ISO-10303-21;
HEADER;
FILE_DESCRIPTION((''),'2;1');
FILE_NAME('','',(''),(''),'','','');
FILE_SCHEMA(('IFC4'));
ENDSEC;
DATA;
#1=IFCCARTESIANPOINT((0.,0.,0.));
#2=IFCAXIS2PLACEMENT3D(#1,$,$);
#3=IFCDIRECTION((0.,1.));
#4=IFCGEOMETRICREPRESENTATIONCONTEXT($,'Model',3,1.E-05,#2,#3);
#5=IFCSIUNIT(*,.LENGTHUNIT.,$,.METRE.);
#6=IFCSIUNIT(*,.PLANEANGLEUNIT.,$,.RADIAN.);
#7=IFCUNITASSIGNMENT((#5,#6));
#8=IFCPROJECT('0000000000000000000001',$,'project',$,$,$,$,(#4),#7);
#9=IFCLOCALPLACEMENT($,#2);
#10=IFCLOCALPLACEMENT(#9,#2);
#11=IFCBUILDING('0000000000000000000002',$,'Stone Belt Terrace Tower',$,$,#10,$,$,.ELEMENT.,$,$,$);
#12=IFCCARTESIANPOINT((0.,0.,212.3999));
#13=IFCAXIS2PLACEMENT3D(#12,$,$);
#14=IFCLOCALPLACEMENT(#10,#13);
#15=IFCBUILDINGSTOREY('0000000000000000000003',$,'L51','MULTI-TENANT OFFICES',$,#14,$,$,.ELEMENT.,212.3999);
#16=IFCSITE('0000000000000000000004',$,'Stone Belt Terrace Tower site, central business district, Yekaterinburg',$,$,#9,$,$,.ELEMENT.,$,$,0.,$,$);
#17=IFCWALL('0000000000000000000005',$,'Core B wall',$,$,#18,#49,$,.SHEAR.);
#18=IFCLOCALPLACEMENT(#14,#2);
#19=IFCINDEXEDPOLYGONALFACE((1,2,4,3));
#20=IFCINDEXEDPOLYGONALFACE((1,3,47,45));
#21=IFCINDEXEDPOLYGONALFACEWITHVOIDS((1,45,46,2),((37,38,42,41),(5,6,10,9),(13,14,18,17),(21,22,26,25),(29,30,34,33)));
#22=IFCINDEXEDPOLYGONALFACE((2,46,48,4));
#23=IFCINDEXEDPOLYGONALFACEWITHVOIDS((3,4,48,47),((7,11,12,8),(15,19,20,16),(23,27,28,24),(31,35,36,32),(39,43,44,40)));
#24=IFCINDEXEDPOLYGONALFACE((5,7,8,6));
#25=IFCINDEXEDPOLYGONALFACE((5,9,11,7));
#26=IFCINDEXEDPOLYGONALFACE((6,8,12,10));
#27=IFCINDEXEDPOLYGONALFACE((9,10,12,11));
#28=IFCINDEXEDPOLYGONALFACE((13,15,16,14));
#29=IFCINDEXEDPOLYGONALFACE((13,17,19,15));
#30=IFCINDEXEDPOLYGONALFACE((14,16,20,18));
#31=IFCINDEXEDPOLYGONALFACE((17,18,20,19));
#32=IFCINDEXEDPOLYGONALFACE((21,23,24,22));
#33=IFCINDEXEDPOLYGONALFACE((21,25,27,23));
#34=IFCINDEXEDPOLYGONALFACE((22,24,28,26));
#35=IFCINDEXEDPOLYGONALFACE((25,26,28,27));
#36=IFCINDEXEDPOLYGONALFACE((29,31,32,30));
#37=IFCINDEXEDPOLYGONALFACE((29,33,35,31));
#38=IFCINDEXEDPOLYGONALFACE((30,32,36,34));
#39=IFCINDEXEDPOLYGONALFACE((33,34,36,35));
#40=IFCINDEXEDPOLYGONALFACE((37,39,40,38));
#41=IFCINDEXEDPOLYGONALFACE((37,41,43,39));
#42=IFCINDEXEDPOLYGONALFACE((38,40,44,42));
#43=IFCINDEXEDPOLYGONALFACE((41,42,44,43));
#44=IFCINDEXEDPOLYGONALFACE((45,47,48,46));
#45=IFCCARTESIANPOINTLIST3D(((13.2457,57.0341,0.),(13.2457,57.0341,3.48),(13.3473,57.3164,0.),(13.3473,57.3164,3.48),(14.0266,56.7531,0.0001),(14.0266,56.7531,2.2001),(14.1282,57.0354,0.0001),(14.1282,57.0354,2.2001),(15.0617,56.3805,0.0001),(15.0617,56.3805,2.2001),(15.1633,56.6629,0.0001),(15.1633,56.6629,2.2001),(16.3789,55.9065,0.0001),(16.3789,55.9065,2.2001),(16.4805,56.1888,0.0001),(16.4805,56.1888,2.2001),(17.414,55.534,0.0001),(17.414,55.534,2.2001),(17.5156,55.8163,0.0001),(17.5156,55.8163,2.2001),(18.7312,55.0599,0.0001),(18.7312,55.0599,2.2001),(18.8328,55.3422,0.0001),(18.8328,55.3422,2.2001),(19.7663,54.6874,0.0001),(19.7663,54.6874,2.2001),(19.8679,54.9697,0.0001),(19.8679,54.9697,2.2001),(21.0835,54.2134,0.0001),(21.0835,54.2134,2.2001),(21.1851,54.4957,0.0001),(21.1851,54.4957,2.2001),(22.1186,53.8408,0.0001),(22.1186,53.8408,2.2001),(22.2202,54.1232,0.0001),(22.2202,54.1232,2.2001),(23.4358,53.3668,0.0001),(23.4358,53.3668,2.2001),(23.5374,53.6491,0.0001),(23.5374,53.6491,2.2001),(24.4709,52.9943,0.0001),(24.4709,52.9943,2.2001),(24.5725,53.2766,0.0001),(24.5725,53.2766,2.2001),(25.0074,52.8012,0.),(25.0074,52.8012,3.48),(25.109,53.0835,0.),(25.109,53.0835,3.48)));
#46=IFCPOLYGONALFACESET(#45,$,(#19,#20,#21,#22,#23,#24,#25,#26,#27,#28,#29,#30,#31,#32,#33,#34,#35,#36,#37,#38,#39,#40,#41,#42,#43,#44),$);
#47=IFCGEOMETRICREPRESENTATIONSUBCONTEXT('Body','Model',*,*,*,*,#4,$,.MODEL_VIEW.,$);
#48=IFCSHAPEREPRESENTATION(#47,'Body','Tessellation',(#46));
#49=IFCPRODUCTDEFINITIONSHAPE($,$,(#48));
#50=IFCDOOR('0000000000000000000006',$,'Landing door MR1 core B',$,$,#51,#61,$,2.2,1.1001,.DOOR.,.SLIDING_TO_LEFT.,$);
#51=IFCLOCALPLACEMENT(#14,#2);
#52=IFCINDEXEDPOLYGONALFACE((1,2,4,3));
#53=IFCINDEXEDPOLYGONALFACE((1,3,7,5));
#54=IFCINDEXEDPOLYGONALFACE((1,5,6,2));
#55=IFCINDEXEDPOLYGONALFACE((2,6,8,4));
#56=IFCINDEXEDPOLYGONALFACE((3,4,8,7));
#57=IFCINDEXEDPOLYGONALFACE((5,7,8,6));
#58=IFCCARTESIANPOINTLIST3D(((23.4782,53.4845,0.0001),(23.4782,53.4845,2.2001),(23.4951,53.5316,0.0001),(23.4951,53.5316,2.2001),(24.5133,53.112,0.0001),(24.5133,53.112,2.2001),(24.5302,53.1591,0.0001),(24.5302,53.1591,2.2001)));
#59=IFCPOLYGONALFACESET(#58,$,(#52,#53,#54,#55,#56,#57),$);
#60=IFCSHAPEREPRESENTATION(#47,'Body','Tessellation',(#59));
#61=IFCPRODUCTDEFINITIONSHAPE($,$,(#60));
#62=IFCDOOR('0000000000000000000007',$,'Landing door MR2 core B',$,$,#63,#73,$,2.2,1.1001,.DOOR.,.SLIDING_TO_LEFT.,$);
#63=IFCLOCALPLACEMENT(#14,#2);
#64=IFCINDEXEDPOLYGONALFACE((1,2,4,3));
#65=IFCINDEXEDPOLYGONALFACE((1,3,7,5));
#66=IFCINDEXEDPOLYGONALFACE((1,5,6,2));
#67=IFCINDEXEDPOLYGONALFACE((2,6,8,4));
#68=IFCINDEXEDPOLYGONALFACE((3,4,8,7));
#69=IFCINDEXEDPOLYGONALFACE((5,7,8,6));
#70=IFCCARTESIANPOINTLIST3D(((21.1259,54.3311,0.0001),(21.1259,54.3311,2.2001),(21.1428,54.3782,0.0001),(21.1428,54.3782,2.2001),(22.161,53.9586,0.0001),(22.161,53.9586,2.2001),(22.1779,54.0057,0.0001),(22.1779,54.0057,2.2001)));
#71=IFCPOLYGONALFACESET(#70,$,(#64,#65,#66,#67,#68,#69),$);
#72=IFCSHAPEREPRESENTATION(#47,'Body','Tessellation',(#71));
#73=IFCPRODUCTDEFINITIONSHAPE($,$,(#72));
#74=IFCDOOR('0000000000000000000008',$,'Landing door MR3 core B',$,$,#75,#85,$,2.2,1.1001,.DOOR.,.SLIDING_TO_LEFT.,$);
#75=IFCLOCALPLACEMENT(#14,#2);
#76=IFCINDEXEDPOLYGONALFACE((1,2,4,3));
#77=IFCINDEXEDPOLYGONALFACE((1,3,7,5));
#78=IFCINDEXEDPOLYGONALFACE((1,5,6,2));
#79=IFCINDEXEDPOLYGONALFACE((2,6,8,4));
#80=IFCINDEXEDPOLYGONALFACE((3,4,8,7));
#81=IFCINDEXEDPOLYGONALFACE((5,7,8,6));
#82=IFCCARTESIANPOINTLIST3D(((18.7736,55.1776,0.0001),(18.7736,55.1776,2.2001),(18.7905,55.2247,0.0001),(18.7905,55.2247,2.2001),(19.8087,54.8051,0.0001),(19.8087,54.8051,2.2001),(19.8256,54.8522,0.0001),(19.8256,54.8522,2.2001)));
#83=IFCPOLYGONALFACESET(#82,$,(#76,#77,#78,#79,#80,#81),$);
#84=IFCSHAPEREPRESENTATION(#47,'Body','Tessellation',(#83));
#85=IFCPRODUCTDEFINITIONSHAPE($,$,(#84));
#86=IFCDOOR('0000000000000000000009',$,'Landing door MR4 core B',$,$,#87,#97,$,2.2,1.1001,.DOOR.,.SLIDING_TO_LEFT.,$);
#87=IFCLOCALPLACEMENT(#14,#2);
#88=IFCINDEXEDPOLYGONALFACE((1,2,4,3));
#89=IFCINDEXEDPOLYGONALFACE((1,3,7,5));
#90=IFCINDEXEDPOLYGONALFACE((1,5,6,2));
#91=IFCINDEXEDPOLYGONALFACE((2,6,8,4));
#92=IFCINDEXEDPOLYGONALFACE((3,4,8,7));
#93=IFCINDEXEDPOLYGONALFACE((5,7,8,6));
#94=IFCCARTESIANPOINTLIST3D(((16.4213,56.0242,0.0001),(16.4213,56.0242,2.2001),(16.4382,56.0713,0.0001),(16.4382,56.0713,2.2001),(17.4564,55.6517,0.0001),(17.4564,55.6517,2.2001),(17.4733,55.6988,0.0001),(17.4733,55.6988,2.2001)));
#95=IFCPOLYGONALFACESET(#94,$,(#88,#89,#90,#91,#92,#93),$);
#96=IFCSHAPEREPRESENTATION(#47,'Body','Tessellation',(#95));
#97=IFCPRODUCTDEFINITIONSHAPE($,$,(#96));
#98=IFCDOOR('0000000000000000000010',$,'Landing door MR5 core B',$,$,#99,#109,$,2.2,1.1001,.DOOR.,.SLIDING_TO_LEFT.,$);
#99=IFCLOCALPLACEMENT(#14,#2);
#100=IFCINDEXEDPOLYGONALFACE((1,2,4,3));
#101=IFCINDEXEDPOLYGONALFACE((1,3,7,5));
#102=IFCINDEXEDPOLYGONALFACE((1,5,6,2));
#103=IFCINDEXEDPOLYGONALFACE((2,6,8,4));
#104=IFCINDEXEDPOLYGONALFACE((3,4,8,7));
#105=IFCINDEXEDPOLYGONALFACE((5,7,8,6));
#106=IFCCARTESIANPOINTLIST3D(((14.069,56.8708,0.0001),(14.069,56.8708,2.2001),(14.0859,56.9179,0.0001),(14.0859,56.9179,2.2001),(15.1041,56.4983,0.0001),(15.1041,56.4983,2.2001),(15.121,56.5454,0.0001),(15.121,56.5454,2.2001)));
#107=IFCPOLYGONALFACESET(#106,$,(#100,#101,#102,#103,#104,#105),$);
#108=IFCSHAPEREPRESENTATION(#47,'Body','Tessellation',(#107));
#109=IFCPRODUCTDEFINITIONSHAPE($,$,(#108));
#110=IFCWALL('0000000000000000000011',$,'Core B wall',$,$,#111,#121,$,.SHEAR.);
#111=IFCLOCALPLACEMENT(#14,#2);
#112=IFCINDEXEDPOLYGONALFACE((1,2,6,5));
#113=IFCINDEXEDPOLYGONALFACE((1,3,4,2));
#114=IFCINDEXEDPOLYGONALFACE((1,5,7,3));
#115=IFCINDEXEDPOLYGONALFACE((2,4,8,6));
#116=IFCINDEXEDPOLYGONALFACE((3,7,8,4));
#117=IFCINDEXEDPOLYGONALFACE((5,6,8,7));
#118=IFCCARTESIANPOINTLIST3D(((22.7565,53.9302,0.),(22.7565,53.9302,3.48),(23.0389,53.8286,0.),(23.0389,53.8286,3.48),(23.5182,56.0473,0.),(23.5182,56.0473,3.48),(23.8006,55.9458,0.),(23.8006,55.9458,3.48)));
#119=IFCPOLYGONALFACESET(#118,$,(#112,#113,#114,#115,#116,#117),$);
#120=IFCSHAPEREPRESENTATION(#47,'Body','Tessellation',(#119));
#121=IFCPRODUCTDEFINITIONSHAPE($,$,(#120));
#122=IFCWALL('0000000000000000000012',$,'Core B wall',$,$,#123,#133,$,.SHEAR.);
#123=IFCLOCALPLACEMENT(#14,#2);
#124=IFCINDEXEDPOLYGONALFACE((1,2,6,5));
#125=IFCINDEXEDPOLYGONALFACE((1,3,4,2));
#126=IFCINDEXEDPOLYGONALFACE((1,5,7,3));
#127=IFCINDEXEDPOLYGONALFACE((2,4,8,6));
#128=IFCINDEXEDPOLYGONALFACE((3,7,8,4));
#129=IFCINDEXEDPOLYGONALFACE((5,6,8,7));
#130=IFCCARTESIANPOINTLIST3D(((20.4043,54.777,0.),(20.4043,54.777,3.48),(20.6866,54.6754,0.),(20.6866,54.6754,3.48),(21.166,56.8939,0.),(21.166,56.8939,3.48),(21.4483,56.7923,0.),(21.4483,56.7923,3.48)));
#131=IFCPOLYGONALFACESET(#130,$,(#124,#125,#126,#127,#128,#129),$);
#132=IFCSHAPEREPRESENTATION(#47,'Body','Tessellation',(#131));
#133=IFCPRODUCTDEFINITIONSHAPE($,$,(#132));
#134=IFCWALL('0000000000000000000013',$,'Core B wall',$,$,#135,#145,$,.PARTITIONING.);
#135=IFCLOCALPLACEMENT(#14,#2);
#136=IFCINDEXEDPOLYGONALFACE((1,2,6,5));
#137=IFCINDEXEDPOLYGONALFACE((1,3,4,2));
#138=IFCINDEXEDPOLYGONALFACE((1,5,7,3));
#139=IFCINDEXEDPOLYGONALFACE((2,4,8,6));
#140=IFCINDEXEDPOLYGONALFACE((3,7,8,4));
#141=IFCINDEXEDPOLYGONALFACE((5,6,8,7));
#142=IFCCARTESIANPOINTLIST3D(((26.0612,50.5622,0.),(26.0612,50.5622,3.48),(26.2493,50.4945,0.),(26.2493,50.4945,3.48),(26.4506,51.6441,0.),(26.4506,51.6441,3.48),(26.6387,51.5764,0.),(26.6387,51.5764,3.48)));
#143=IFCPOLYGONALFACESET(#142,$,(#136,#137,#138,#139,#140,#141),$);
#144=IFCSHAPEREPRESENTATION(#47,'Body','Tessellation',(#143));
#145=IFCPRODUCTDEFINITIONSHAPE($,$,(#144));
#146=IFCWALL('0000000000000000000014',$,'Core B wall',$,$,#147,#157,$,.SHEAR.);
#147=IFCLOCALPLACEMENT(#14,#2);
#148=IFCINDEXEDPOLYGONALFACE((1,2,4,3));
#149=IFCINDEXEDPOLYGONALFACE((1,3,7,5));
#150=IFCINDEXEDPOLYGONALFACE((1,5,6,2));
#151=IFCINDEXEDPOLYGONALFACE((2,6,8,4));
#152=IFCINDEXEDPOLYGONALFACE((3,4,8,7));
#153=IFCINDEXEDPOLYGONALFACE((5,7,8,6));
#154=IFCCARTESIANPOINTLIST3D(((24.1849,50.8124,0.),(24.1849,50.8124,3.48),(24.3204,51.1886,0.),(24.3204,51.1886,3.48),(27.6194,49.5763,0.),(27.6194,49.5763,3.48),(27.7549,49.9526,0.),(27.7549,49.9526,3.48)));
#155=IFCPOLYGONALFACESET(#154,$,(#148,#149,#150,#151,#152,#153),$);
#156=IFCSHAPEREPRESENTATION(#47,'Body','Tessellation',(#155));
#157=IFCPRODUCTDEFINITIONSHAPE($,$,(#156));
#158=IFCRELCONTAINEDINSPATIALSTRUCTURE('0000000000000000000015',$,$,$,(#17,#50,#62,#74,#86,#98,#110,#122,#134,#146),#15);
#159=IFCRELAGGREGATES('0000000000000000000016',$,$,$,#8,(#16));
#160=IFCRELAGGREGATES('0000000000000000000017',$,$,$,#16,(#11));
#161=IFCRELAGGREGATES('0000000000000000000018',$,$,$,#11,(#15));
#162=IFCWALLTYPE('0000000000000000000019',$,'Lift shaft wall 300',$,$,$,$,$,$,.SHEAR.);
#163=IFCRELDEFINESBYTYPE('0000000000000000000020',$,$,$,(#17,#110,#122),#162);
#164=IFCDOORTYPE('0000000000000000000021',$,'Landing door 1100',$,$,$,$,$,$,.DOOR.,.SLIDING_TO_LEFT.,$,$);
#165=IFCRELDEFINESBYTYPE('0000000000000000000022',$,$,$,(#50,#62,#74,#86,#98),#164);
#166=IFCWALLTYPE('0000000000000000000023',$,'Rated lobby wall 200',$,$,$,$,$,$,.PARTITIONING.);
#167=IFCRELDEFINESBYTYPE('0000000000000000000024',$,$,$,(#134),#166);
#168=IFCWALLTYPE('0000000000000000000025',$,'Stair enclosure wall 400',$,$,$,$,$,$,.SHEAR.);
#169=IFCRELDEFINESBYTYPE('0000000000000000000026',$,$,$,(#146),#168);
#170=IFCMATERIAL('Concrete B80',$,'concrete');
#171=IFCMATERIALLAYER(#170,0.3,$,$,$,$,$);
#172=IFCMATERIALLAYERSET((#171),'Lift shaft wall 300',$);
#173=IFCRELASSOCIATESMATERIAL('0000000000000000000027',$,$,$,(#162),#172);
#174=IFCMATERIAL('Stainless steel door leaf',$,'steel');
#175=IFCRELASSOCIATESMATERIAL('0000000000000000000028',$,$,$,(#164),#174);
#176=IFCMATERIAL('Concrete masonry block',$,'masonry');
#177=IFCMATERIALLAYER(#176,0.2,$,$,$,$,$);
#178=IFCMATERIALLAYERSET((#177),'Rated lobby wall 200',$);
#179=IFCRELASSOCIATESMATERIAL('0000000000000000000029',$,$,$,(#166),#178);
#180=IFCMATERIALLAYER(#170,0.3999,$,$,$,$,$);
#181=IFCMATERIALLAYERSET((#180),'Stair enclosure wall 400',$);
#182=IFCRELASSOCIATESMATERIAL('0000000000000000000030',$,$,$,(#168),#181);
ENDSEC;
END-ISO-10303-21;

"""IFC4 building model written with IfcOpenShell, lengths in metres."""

from ifc_helpers import new_model, si_unit, direction, frame, frame_2d, origin, place, context, subcontext, project, spatial, rectangle, extrude, material, layer, layer_set, type_object, element, fill, save


model = new_model("IFC4")

# Units and contexts
model_context = context("Model", 3, precision=1e-05, world=origin(), true_north=direction((0.0, 1.0)))
body_context = subcontext(model_context, "Body", "Model", "MODEL_VIEW")
ifc_project = project(units=[si_unit("LENGTHUNIT", "METRE"), si_unit("PLANEANGLEUNIT", "RADIAN")], contexts=[model_context])

# Site, building, storey
site_placement = place(None, origin())
site = spatial("IfcSite", under=ifc_project, at=site_placement, Name="Stone Belt Terrace Tower site, central business district, Yekaterinburg", CompositionType="ELEMENT", RefElevation=0.0)
building_placement = place(site_placement, origin())
building = spatial("IfcBuilding", under=site, at=building_placement, Name="Stone Belt Terrace Tower", CompositionType="ELEMENT")
storey_placement = place(building_placement, frame((0.0, 0.0, 212.3999)))
storey = spatial("IfcBuildingStorey", under=building, at=storey_placement, Name="L51", Description="MULTI-TENANT OFFICES", CompositionType="ELEMENT", Elevation=212.3999)

# Shared definitions
ifc_material_1 = material(Name="Concrete B80", Category="concrete")

# Shared definitions
ifc_layer_1 = layer(ifc_material_1, 0.3)
ifc_layer_set_1 = layer_set([ifc_layer_1], Name="Lift shaft wall 300")
wall_type_1 = type_object("IfcWallType", Name="Lift shaft wall 300", PredefinedType="SHEAR", material=ifc_layer_set_1)
ifc_material_2 = material(Name="Stainless steel door leaf", Category="steel")

# Wall, openings, doors
wall_1_placement = place(storey_placement, frame((25.0581, 52.9424, 0.0), z_axis=(0.0, 0.0, 1.0), x_axis=(-0.940921, 0.338627, 0.0)))
wall_1 = element("IfcWall", 1, at=wall_1_placement, inside=storey, type_object=wall_type_1, Name="Core B wall", PredefinedType="SHEAR", context=body_context, shape_type="SweptSolid", body=[
    extrude(rectangle(XDim=12.5002, YDim=0.3, at=frame_2d((6.25, 0.0))), origin(), (0.0, 0.0, 1.0), 3.48),
])
opening_1_placement = place(wall_1_placement, frame((0.5701, 0.0, 0.0)))
opening_1 = element("IfcOpeningElement", 2, at=opening_1_placement, cuts=wall_1, PredefinedType="OPENING", context=body_context, shape_type="SweptSolid", body=[
    extrude(rectangle(XDim=1.1001, YDim=2.2, at=frame_2d((0.55, 1.1001))), frame((0.0, 0.1599, 0.0), z_axis=(0.0, -1.0, 0.0), x_axis=(1.0, 0.0, 0.0)), (0.0, 0.0, 1.0), 0.3201),
])
opening_2_placement = place(wall_1_placement, frame((3.0701, 0.0, 0.0)))
opening_2 = element("IfcOpeningElement", 3, at=opening_2_placement, cuts=wall_1, PredefinedType="OPENING", context=body_context, shape_type="SweptSolid", body=[
    extrude(rectangle(XDim=1.1001, YDim=2.2, at=frame_2d((0.55, 1.1001))), frame((0.0, 0.1599, 0.0), z_axis=(0.0, -1.0, 0.0), x_axis=(1.0, 0.0, 0.0)), (0.0, 0.0, 1.0), 0.3201),
])
opening_3_placement = place(wall_1_placement, frame((5.5701, 0.0, 0.0)))
opening_3 = element("IfcOpeningElement", 4, at=opening_3_placement, cuts=wall_1, PredefinedType="OPENING", context=body_context, shape_type="SweptSolid", body=[
    extrude(rectangle(XDim=1.1001, YDim=2.2, at=frame_2d((0.55, 1.1001))), frame((0.0, 0.1599, 0.0), z_axis=(0.0, -1.0, 0.0), x_axis=(1.0, 0.0, 0.0)), (0.0, 0.0, 1.0), 0.3201),
])
opening_4_placement = place(wall_1_placement, frame((8.0701, 0.0, 0.0)))
opening_4 = element("IfcOpeningElement", 5, at=opening_4_placement, cuts=wall_1, PredefinedType="OPENING", context=body_context, shape_type="SweptSolid", body=[
    extrude(rectangle(XDim=1.1001, YDim=2.2, at=frame_2d((0.55, 1.1001))), frame((0.0, 0.1599, 0.0), z_axis=(0.0, -1.0, 0.0), x_axis=(1.0, 0.0, 0.0)), (0.0, 0.0, 1.0), 0.3201),
])
opening_5_placement = place(wall_1_placement, frame((10.5701, 0.0, 0.0)))
opening_5 = element("IfcOpeningElement", 6, at=opening_5_placement, cuts=wall_1, PredefinedType="OPENING", context=body_context, shape_type="SweptSolid", body=[
    extrude(rectangle(XDim=1.1001, YDim=2.2, at=frame_2d((0.55, 1.1001))), frame((0.0, 0.1599, 0.0), z_axis=(0.0, -1.0, 0.0), x_axis=(1.0, 0.0, 0.0)), (0.0, 0.0, 1.0), 0.3201),
])
door_type_1 = type_object("IfcDoorType", Name="Landing door 1100", OperationType="SLIDING_TO_LEFT", PredefinedType="DOOR", material=ifc_material_2)
door_1_placement = place(opening_1_placement, origin())
door_1 = element("IfcDoor", 7, at=door_1_placement, inside=storey, type_object=door_type_1, Name="Landing door MR1 core B", OperationType="SLIDING_TO_LEFT", OverallHeight=2.2, OverallWidth=1.1001, PredefinedType="DOOR", context=body_context, shape_type="SweptSolid", body=[
    extrude(rectangle(XDim=1.1001, YDim=2.2, at=frame_2d((0.55, 1.1001))), frame((0.0, 0.0249, 0.0), z_axis=(0.0, -1.0, 0.0), x_axis=(1.0, 0.0, 0.0)), (0.0, 0.0, 1.0), 0.05),
])
fill(opening_1, door_1)
door_2_placement = place(opening_2_placement, origin())
door_2 = element("IfcDoor", 8, at=door_2_placement, inside=storey, type_object=door_type_1, Name="Landing door MR2 core B", OperationType="SLIDING_TO_LEFT", OverallHeight=2.2, OverallWidth=1.1001, PredefinedType="DOOR", context=body_context, shape_type="SweptSolid", body=[
    extrude(rectangle(XDim=1.1001, YDim=2.2, at=frame_2d((0.55, 1.1001))), frame((0.0, 0.0249, 0.0), z_axis=(0.0, -1.0, 0.0), x_axis=(1.0, 0.0, 0.0)), (0.0, 0.0, 1.0), 0.05),
])
fill(opening_2, door_2)
door_3_placement = place(opening_3_placement, origin())
door_3 = element("IfcDoor", 9, at=door_3_placement, inside=storey, type_object=door_type_1, Name="Landing door MR3 core B", OperationType="SLIDING_TO_LEFT", OverallHeight=2.2, OverallWidth=1.1001, PredefinedType="DOOR", context=body_context, shape_type="SweptSolid", body=[
    extrude(rectangle(XDim=1.1001, YDim=2.2, at=frame_2d((0.55, 1.1001))), frame((0.0, 0.0249, 0.0), z_axis=(0.0, -1.0, 0.0), x_axis=(1.0, 0.0, 0.0)), (0.0, 0.0, 1.0), 0.05),
])
fill(opening_3, door_3)
door_4_placement = place(opening_4_placement, origin())
door_4 = element("IfcDoor", 10, at=door_4_placement, inside=storey, type_object=door_type_1, Name="Landing door MR4 core B", OperationType="SLIDING_TO_LEFT", OverallHeight=2.2, OverallWidth=1.1001, PredefinedType="DOOR", context=body_context, shape_type="SweptSolid", body=[
    extrude(rectangle(XDim=1.1001, YDim=2.2, at=frame_2d((0.55, 1.1001))), frame((0.0, 0.0249, 0.0), z_axis=(0.0, -1.0, 0.0), x_axis=(1.0, 0.0, 0.0)), (0.0, 0.0, 1.0), 0.05),
])
fill(opening_4, door_4)
door_5_placement = place(opening_5_placement, origin())
door_5 = element("IfcDoor", 11, at=door_5_placement, inside=storey, type_object=door_type_1, Name="Landing door MR5 core B", OperationType="SLIDING_TO_LEFT", OverallHeight=2.2, OverallWidth=1.1001, PredefinedType="DOOR", context=body_context, shape_type="SweptSolid", body=[
    extrude(rectangle(XDim=1.1001, YDim=2.2, at=frame_2d((0.55, 1.1001))), frame((0.0, 0.0249, 0.0), z_axis=(0.0, -1.0, 0.0), x_axis=(1.0, 0.0, 0.0)), (0.0, 0.0, 1.0), 0.05),
])
fill(opening_5, door_5)

# Walls
wall_2_placement = place(storey_placement, frame((22.8977, 53.8794, 0.0), z_axis=(0.0, 0.0, 1.0), x_axis=(0.338535, 0.940954, 0.0)))
element("IfcWall", 12, at=wall_2_placement, inside=storey, type_object=wall_type_1, Name="Core B wall", PredefinedType="SHEAR", context=body_context, shape_type="SweptSolid", body=[
    extrude(rectangle(XDim=2.25, YDim=0.3, at=frame_2d((1.125, 0.0))), origin(), (0.0, 0.0, 1.0), 3.48),
])
wall_3_placement = place(storey_placement, frame((20.5454, 54.7261, 0.0), z_axis=(0.0, 0.0, 1.0), x_axis=(0.33857, 0.940941, 0.0)))
element("IfcWall", 13, at=wall_3_placement, inside=storey, type_object=wall_type_1, Name="Core B wall", PredefinedType="SHEAR", context=body_context, shape_type="SweptSolid", body=[
    extrude(rectangle(XDim=2.2498, YDim=0.3, at=frame_2d((1.125, 0.0))), origin(), (0.0, 0.0, 1.0), 3.48),
])
ifc_material_3 = material(Name="Concrete masonry block", Category="masonry")
ifc_layer_2 = layer(ifc_material_3, 0.2)
ifc_layer_set_2 = layer_set([ifc_layer_2], Name="Rated lobby wall 200")
wall_type_2 = type_object("IfcWallType", Name="Rated lobby wall 200", PredefinedType="PARTITIONING", material=ifc_layer_set_2)
wall_4_placement = place(storey_placement, frame((26.1553, 50.5283, 0.0), z_axis=(0.0, 0.0, 1.0), x_axis=(0.338622, 0.940923, 0.0)))
element("IfcWall", 14, at=wall_4_placement, inside=storey, type_object=wall_type_2, Name="Core B wall", PredefinedType="PARTITIONING", context=body_context, shape_type="SweptSolid", body=[
    extrude(rectangle(XDim=1.1499, YDim=0.2, at=frame_2d((0.575, 0.0))), origin(), (0.0, 0.0, 1.0), 3.48),
])
ifc_layer_3 = layer(ifc_material_1, 0.3999)
ifc_layer_set_3 = layer_set([ifc_layer_3], Name="Stair enclosure wall 400")
wall_type_3 = type_object("IfcWallType", Name="Stair enclosure wall 400", PredefinedType="SHEAR", material=ifc_layer_set_3)
wall_5_placement = place(storey_placement, frame((27.6873, 49.7644, 0.0), z_axis=(0.0, 0.0, 1.0), x_axis=(-0.940919, 0.338632, 0.0)))
element("IfcWall", 15, at=wall_5_placement, inside=storey, type_object=wall_type_3, Name="Core B wall", PredefinedType="SHEAR", context=body_context, shape_type="SweptSolid", body=[
    extrude(rectangle(XDim=3.6501, YDim=0.3999, at=frame_2d((1.8252, 0.0))), origin(), (0.0, 0.0, 1.0), 3.48),
])

save(model, "model.ifc")
